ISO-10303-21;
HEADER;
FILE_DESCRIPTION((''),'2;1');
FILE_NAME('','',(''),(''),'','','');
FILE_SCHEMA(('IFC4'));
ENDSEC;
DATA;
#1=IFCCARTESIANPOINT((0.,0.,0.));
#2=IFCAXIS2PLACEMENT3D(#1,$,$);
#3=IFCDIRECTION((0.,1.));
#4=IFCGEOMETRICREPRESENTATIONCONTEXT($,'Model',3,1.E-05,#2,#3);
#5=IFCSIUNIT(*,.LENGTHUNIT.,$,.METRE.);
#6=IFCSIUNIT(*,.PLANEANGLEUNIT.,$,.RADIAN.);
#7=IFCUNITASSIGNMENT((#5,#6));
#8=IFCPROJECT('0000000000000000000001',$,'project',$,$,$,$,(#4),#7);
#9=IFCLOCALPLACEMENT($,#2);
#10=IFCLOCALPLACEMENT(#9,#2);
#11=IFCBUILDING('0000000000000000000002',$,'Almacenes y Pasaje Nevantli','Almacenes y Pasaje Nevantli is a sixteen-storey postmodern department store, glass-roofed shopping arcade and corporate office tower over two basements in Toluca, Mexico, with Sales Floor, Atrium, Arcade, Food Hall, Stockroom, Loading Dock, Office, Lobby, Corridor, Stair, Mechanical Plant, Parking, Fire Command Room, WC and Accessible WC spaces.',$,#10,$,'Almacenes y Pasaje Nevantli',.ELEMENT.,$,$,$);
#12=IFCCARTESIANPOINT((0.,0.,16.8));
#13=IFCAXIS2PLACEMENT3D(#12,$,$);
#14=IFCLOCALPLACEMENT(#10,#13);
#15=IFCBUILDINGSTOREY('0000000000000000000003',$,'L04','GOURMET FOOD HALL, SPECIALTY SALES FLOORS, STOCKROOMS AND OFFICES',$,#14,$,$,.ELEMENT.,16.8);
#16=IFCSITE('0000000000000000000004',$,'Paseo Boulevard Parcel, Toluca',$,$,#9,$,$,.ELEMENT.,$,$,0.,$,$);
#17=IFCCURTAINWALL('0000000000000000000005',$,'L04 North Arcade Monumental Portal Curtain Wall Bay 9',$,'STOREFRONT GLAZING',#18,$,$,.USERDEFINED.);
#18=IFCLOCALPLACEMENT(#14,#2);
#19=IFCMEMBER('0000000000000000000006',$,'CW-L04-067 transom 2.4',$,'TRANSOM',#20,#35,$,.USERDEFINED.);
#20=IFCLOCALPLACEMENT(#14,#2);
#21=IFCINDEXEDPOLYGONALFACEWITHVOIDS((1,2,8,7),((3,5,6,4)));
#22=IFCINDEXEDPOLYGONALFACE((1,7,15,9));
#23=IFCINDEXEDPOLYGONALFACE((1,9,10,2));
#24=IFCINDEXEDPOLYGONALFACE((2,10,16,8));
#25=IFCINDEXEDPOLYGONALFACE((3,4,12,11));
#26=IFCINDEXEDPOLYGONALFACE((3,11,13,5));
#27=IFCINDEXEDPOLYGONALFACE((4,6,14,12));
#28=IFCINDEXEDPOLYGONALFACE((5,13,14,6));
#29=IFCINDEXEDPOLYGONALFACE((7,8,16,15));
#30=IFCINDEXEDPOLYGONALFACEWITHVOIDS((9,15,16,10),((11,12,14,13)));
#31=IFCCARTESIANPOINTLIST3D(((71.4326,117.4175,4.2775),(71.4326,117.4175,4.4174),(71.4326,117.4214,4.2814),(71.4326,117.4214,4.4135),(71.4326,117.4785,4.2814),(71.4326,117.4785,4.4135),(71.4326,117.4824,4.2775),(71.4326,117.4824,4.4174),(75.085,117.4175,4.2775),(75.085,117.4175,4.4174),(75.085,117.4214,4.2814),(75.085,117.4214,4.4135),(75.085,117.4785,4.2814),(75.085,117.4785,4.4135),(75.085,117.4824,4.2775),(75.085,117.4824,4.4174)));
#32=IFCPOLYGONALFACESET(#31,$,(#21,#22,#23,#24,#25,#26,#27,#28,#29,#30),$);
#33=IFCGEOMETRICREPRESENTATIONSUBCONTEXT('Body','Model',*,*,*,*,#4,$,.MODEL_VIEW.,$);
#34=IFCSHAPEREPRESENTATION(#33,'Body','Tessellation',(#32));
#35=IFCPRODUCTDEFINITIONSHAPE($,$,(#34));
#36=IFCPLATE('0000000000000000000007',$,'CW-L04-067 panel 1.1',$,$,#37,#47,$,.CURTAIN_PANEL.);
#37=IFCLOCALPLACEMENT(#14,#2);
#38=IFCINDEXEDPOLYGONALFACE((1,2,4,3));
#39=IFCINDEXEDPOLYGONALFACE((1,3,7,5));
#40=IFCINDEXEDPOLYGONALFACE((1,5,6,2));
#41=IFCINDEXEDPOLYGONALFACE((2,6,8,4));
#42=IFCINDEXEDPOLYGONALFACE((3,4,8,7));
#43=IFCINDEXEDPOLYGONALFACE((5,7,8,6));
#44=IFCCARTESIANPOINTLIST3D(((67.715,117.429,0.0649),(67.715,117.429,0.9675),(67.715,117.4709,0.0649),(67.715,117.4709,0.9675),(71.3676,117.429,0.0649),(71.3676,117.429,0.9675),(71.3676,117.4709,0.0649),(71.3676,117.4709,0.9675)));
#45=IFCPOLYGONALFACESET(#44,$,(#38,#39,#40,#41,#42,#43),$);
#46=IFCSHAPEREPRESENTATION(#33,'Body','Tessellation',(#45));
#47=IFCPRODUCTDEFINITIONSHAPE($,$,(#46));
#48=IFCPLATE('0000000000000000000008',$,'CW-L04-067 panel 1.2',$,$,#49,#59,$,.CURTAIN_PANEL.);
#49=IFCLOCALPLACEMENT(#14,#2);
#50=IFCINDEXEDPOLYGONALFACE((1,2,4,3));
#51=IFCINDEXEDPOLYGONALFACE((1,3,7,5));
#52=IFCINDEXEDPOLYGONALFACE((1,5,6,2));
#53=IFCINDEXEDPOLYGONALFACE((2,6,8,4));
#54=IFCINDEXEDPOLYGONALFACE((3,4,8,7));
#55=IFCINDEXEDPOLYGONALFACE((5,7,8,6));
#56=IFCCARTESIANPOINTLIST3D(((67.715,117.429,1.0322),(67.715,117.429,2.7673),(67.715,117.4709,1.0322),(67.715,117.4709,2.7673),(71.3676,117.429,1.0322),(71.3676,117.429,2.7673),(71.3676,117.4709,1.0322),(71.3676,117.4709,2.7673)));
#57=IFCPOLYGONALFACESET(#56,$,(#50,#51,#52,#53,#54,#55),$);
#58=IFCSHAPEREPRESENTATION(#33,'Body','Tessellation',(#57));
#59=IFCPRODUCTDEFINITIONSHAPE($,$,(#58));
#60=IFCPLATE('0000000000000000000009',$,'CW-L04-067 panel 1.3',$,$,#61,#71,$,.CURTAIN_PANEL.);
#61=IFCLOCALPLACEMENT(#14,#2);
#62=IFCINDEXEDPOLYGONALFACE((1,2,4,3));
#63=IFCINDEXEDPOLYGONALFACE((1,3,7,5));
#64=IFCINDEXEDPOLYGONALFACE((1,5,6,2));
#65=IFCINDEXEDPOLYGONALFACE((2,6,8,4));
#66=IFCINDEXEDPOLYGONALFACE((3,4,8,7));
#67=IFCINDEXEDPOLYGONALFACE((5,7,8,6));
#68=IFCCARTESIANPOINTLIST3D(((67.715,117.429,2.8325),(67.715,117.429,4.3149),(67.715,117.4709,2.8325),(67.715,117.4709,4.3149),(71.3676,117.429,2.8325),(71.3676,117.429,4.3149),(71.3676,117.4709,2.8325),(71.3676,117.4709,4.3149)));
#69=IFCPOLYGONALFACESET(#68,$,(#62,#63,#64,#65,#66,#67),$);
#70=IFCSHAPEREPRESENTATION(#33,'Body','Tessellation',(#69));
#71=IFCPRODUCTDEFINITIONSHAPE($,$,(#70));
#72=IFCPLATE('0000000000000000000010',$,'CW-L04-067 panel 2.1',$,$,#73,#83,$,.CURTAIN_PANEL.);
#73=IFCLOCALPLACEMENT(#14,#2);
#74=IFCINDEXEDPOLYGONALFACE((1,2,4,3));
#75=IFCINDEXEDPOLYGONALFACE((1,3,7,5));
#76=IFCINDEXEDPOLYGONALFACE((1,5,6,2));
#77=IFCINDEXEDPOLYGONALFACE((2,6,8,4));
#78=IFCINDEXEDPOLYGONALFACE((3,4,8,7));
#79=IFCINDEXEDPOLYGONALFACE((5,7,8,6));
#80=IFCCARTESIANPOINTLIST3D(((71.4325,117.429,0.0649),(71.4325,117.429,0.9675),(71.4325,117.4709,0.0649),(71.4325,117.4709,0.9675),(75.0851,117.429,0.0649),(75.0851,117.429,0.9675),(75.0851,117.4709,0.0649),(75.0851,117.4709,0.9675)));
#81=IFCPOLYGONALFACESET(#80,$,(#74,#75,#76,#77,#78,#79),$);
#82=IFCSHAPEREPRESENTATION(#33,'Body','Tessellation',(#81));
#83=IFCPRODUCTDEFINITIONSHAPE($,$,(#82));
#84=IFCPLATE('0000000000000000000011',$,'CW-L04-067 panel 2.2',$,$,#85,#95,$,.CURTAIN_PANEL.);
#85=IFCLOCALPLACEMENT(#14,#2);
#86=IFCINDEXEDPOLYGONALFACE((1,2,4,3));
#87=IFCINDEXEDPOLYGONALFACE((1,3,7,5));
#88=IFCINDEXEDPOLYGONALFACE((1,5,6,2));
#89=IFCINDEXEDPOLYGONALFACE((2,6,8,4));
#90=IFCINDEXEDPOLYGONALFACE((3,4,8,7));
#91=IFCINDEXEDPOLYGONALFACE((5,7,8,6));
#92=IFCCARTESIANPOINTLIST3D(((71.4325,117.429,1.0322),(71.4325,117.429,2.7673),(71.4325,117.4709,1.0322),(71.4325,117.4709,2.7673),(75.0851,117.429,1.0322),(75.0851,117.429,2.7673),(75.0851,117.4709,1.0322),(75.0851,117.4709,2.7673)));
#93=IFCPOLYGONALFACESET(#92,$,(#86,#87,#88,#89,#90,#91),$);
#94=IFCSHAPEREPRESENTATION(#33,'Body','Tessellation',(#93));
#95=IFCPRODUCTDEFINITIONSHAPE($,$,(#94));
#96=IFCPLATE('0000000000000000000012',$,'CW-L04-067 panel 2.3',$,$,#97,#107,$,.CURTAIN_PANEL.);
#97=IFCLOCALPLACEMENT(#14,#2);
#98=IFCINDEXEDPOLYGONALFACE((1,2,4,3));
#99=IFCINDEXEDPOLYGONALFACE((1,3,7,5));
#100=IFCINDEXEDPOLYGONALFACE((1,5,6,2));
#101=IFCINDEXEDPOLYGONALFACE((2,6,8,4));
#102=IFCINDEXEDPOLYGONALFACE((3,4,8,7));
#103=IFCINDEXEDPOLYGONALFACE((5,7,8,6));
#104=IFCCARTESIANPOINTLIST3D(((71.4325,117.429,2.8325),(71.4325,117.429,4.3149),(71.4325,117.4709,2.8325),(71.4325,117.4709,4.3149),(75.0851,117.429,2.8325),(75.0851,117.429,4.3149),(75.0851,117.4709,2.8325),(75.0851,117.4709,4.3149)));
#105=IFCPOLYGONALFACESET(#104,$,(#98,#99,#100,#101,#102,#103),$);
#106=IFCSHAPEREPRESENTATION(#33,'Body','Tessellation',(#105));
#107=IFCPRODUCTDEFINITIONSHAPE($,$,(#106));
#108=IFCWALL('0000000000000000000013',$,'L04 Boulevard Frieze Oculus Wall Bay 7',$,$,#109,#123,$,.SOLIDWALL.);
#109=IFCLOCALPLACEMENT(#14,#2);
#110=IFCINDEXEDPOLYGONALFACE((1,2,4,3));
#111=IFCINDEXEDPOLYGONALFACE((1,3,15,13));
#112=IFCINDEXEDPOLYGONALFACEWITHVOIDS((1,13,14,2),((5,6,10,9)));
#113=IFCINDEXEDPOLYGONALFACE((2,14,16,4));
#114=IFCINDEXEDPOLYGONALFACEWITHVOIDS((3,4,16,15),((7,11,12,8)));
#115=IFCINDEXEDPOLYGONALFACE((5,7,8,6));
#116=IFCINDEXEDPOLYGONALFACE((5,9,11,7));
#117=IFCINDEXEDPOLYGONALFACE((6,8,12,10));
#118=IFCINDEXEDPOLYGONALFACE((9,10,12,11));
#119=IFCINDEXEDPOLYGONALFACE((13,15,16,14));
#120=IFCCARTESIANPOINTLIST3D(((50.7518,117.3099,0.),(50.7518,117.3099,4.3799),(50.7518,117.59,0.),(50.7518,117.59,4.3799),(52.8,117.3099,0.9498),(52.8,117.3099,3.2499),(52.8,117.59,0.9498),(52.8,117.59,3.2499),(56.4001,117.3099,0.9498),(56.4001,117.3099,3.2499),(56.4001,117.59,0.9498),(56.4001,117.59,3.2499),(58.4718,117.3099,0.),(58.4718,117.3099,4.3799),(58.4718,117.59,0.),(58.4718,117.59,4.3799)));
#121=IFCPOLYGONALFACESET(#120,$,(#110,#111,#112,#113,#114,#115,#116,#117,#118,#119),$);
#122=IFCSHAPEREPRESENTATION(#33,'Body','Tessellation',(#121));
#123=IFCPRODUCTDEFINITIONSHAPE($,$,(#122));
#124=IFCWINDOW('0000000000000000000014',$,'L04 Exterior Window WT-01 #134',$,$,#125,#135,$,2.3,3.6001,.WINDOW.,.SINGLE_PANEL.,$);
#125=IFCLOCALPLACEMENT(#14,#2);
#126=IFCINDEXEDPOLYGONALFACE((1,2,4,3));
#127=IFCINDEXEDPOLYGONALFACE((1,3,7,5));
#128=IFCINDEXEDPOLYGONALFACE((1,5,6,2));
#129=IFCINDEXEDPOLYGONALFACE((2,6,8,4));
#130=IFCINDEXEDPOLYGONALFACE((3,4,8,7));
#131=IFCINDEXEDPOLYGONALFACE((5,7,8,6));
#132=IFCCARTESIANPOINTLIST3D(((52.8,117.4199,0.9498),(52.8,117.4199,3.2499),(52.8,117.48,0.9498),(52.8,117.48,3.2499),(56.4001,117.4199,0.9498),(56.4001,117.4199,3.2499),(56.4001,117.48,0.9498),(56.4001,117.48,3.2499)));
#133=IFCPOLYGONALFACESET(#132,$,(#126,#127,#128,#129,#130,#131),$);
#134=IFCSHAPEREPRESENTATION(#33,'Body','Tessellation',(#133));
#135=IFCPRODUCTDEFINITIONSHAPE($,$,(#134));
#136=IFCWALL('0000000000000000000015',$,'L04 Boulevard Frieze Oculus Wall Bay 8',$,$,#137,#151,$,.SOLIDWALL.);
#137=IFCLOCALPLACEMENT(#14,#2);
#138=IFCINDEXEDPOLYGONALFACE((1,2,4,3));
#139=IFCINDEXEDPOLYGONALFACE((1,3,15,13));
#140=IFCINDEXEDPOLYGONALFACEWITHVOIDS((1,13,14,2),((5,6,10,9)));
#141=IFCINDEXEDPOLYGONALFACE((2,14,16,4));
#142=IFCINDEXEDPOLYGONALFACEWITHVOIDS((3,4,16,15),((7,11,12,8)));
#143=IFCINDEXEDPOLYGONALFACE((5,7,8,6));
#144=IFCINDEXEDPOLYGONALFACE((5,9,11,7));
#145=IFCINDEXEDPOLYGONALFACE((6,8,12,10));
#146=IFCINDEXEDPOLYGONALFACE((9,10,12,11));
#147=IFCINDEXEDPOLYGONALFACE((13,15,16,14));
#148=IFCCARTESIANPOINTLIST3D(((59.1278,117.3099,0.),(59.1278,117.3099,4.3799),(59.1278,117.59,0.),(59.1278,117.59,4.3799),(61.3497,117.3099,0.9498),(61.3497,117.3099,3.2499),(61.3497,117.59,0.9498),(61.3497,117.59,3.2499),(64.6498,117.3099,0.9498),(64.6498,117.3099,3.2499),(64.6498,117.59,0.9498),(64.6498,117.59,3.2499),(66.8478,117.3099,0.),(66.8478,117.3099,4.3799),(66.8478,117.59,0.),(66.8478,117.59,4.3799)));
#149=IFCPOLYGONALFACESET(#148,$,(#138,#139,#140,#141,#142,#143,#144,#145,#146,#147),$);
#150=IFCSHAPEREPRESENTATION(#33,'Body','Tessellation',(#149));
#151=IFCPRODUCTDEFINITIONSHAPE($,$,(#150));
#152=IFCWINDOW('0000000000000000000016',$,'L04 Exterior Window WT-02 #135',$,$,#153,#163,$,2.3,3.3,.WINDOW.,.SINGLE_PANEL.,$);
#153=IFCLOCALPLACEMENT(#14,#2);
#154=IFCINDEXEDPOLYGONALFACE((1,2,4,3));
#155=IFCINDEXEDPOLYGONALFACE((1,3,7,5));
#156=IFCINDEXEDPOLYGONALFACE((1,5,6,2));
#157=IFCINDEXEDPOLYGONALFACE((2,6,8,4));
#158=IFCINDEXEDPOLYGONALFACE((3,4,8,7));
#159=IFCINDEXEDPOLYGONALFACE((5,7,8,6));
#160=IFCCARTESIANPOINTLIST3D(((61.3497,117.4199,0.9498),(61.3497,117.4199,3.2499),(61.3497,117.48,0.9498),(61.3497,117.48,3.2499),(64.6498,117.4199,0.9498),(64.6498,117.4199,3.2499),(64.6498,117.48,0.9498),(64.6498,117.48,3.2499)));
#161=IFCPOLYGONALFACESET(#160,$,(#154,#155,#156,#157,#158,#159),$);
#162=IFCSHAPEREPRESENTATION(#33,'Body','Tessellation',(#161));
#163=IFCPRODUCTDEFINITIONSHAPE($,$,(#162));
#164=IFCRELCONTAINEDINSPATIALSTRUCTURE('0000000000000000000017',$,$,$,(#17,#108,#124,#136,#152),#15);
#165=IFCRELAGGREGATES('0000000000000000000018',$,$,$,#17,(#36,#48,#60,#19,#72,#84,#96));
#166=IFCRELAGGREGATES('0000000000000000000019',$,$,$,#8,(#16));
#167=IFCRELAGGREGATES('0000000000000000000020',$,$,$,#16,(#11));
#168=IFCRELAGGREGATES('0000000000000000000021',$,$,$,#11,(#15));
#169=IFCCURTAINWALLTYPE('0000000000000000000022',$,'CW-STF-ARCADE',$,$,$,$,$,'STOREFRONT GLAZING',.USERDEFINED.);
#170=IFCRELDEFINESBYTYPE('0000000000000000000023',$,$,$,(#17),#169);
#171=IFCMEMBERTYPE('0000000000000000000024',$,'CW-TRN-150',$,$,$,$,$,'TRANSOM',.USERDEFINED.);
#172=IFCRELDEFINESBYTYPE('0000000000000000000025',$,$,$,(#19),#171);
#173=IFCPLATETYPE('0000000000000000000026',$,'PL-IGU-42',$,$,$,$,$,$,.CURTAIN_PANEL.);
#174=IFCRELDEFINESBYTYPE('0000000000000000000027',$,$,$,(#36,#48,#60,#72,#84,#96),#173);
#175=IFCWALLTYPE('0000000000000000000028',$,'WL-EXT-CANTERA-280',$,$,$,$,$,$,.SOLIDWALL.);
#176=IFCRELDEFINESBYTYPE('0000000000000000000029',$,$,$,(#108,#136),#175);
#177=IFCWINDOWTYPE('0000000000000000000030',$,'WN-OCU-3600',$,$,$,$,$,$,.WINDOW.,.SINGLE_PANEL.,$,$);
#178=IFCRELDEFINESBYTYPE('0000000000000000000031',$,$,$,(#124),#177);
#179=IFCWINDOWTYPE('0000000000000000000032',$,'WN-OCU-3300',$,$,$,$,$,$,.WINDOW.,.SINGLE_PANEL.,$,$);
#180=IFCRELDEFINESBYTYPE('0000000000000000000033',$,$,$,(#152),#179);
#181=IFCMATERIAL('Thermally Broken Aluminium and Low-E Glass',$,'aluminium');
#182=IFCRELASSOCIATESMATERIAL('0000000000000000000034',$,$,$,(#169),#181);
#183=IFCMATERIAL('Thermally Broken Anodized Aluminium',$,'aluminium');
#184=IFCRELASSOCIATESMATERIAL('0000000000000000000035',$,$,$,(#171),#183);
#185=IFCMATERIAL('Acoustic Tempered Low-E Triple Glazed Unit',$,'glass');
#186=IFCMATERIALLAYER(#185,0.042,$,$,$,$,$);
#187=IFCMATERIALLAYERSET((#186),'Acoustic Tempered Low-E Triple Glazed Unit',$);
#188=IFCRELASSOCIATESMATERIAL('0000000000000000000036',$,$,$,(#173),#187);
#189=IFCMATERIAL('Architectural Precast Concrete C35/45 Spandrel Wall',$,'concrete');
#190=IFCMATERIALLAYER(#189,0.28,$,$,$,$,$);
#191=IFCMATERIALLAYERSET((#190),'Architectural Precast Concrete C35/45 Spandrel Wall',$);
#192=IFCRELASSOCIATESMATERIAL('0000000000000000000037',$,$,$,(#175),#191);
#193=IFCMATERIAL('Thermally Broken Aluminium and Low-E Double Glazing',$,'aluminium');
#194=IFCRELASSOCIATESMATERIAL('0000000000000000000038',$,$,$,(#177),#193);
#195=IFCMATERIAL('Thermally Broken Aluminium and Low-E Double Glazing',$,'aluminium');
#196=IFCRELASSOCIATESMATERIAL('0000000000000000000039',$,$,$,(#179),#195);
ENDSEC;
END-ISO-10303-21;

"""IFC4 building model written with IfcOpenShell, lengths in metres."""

from ifc_helpers import new_model, si_unit, direction, frame, frame_2d, origin, origin_2d, place, context, subcontext, project, spatial, rectangle, hollow_rectangle, extrude, material, layer, layer_set, material_profile, profile_set, type_object, element, fill, aggregate, save


model = new_model("IFC4")

# Units and contexts
model_context = context("Model", 3, precision=1e-05, world=origin(), true_north=direction((0.0, 1.0)))
body_context = subcontext(model_context, "Body", "Model", "MODEL_VIEW")
ifc_project = project(units=[si_unit("LENGTHUNIT", "METRE"), si_unit("PLANEANGLEUNIT", "RADIAN")], contexts=[model_context])

# Site, building, storey
site_placement = place(None, origin())
site = spatial("IfcSite", under=ifc_project, at=site_placement, Name="Paseo Boulevard Parcel, Toluca", CompositionType="ELEMENT", RefElevation=0.0)
building_placement = place(site_placement, origin())
building = spatial("IfcBuilding", under=site, at=building_placement, Name="Almacenes y Pasaje Nevantli", Description="Almacenes y Pasaje Nevantli is a sixteen-storey postmodern department store, glass-roofed shopping arcade and corporate office tower over two basements in Toluca, Mexico, with Sales Floor, Atrium, Arcade, Food Hall, Stockroom, Loading Dock, Office, Lobby, Corridor, Stair, Mechanical Plant, Parking, Fire Command Room, WC and Accessible WC spaces.", LongName="Almacenes y Pasaje Nevantli", CompositionType="ELEMENT")
storey_placement = place(building_placement, frame((0.0, 0.0, 16.8)))
storey = spatial("IfcBuildingStorey", under=building, at=storey_placement, Name="L04", Description="GOURMET FOOD HALL, SPECIALTY SALES FLOORS, STOCKROOMS AND OFFICES", CompositionType="ELEMENT", Elevation=16.8)

# Curtain wall
ifc_material_1 = material(Name="Thermally Broken Aluminium and Low-E Glass", Category="aluminium")
curtain_wall_type = type_object("IfcCurtainWallType", Name="CW-STF-ARCADE", ElementType="STOREFRONT GLAZING", PredefinedType="USERDEFINED", material=ifc_material_1)
curtain_wall_1_placement = place(storey_placement, origin())
curtain_wall_1 = element("IfcCurtainWall", 1, at=curtain_wall_1_placement, inside=storey, type_object=curtain_wall_type, Name="L04 North Arcade Monumental Portal Curtain Wall Bay 9", ObjectType="STOREFRONT GLAZING", PredefinedType="USERDEFINED")

# Member
ifc_material_2 = material(Name="Thermally Broken Anodized Aluminium", Category="aluminium")
ifc_material_profile_1 = material_profile(ifc_material_2, hollow_rectangle(XDim=0.0649, YDim=0.1399, WallThickness=0.0039, at=origin_2d()), Name="ALU-TRN-65x140")
ifc_profile_set_1 = profile_set([ifc_material_profile_1], Name="Thermally Broken Anodized Aluminium")
member_type_1 = type_object("IfcMemberType", Name="CW-TRN-150", ElementType="TRANSOM", PredefinedType="USERDEFINED", material=ifc_profile_set_1)
member_1_placement = place(storey_placement, frame((71.4326, 117.45, 4.3474), z_axis=(1.0, 0.0, 0.0), x_axis=(0.0, 1.0, 0.0)))
member_1 = element("IfcMember", 2, at=member_1_placement, type_object=member_type_1, Name="CW-L04-067 transom 2.4", ObjectType="TRANSOM", PredefinedType="USERDEFINED", context=body_context, shape_type="SweptSolid", body=[
    extrude(hollow_rectangle(XDim=0.0649, YDim=0.1399, WallThickness=0.0039, at=origin_2d()), origin(), (0.0, 0.0, 1.0), 3.6523),
])

# Plates
ifc_material_3 = material(Name="Acoustic Tempered Low-E Triple Glazed Unit", Category="glass")
ifc_layer_1 = layer(ifc_material_3, 0.042)
ifc_layer_set_1 = layer_set([ifc_layer_1], Name="Acoustic Tempered Low-E Triple Glazed Unit")
plate_type = type_object("IfcPlateType", Name="PL-IGU-42", PredefinedType="CURTAIN_PANEL", material=ifc_layer_set_1)
plate_1_placement = place(storey_placement, frame((69.5413, 117.45, 0.0649), z_axis=(0.0, 0.0, 1.0), x_axis=(1.0, 0.0, 0.0)))
plate_1 = element("IfcPlate", 3, at=plate_1_placement, type_object=plate_type, Name="CW-L04-067 panel 1.1", PredefinedType="CURTAIN_PANEL", context=body_context, shape_type="SweptSolid", body=[
    extrude(rectangle(XDim=3.6526, YDim=0.042, at=origin_2d()), origin(), (0.0, 0.0, 1.0), 0.9026),
])
plate_2_placement = place(storey_placement, frame((69.5413, 117.45, 1.0322), z_axis=(0.0, 0.0, 1.0), x_axis=(1.0, 0.0, 0.0)))
plate_2 = element("IfcPlate", 4, at=plate_2_placement, type_object=plate_type, Name="CW-L04-067 panel 1.2", PredefinedType="CURTAIN_PANEL", context=body_context, shape_type="SweptSolid", body=[
    extrude(rectangle(XDim=3.6526, YDim=0.042, at=origin_2d()), origin(), (0.0, 0.0, 1.0), 1.7351),
])
plate_3_placement = place(storey_placement, frame((69.5413, 117.45, 2.8325), z_axis=(0.0, 0.0, 1.0), x_axis=(1.0, 0.0, 0.0)))
plate_3 = element("IfcPlate", 5, at=plate_3_placement, type_object=plate_type, Name="CW-L04-067 panel 1.3", PredefinedType="CURTAIN_PANEL", context=body_context, shape_type="SweptSolid", body=[
    extrude(rectangle(XDim=3.6526, YDim=0.042, at=origin_2d()), origin(), (0.0, 0.0, 1.0), 1.4824),
])
plate_4_placement = place(storey_placement, frame((73.2588, 117.45, 0.0649), z_axis=(0.0, 0.0, 1.0), x_axis=(1.0, 0.0, 0.0)))
plate_4 = element("IfcPlate", 6, at=plate_4_placement, type_object=plate_type, Name="CW-L04-067 panel 2.1", PredefinedType="CURTAIN_PANEL", context=body_context, shape_type="SweptSolid", body=[
    extrude(rectangle(XDim=3.6526, YDim=0.042, at=origin_2d()), origin(), (0.0, 0.0, 1.0), 0.9026),
])
plate_5_placement = place(storey_placement, frame((73.2588, 117.45, 1.0322), z_axis=(0.0, 0.0, 1.0), x_axis=(1.0, 0.0, 0.0)))
plate_5 = element("IfcPlate", 7, at=plate_5_placement, type_object=plate_type, Name="CW-L04-067 panel 2.2", PredefinedType="CURTAIN_PANEL", context=body_context, shape_type="SweptSolid", body=[
    extrude(rectangle(XDim=3.6526, YDim=0.042, at=origin_2d()), origin(), (0.0, 0.0, 1.0), 1.7351),
])
plate_6_placement = place(storey_placement, frame((73.2588, 117.45, 2.8325), z_axis=(0.0, 0.0, 1.0), x_axis=(1.0, 0.0, 0.0)))
plate_6 = element("IfcPlate", 8, at=plate_6_placement, type_object=plate_type, Name="CW-L04-067 panel 2.3", PredefinedType="CURTAIN_PANEL", context=body_context, shape_type="SweptSolid", body=[
    extrude(rectangle(XDim=3.6526, YDim=0.042, at=origin_2d()), origin(), (0.0, 0.0, 1.0), 1.4824),
])
aggregate(curtain_wall_1, [plate_1, plate_2, plate_3, member_1, plate_4, plate_5, plate_6])

# Walls, openings, windows
ifc_material_4 = material(Name="Architectural Precast Concrete C35/45 Spandrel Wall", Category="concrete")
ifc_layer_2 = layer(ifc_material_4, 0.28)
ifc_layer_set_2 = layer_set([ifc_layer_2], Name="Architectural Precast Concrete C35/45 Spandrel Wall")
wall_type = type_object("IfcWallType", Name="WL-EXT-CANTERA-280", PredefinedType="SOLIDWALL", material=ifc_layer_set_2)
wall_1_placement = place(storey_placement, frame((50.752, 117.45, 0.0), z_axis=(0.0, 0.0, 1.0), x_axis=(1.0, 0.0, 0.0)))
wall_1 = element("IfcWall", 9, at=wall_1_placement, inside=storey, type_object=wall_type, Name="L04 Boulevard Frieze Oculus Wall Bay 7", PredefinedType="SOLIDWALL", context=body_context, shape_type="SweptSolid", body=[
    extrude(rectangle(XDim=7.72, YDim=0.28, at=frame_2d((3.8599, 0.0))), origin(), (0.0, 0.0, 1.0), 4.3799),
])
opening_1_placement = place(wall_1_placement, frame((2.0481, 0.0, 0.95)))
opening_1 = element("IfcOpeningElement", 10, at=opening_1_placement, cuts=wall_1, PredefinedType="OPENING", context=body_context, shape_type="SweptSolid", body=[
    extrude(rectangle(XDim=3.6001, YDim=2.3, at=frame_2d((1.8, 1.1499))), frame((0.0, 0.1499, 0.0), z_axis=(0.0, -1.0, 0.0), x_axis=(1.0, 0.0, 0.0)), (0.0, 0.0, 1.0), 0.3),
])
ifc_material_5 = material(Name="Thermally Broken Aluminium and Low-E Double Glazing", Category="aluminium")
window_type_1 = type_object("IfcWindowType", Name="WN-OCU-3600", PartitioningType="SINGLE_PANEL", PredefinedType="WINDOW", material=ifc_material_5)
window_1_placement = place(opening_1_placement, origin())
window_1 = element("IfcWindow", 11, at=window_1_placement, inside=storey, type_object=window_type_1, Name="L04 Exterior Window WT-01 #134", OverallHeight=2.3, OverallWidth=3.6001, PartitioningType="SINGLE_PANEL", PredefinedType="WINDOW", context=body_context, shape_type="SweptSolid", body=[
    extrude(rectangle(XDim=3.6001, YDim=2.3, at=frame_2d((1.8, 1.1499))), frame((0.0, 0.03, 0.0), z_axis=(0.0, -1.0, 0.0), x_axis=(1.0, 0.0, 0.0)), (0.0, 0.0, 1.0), 0.0601),
])
fill(opening_1, window_1)
wall_2_placement = place(storey_placement, frame((59.1279, 117.45, 0.0), z_axis=(0.0, 0.0, 1.0), x_axis=(1.0, 0.0, 0.0)))
wall_2 = element("IfcWall", 12, at=wall_2_placement, inside=storey, type_object=wall_type, Name="L04 Boulevard Frieze Oculus Wall Bay 8", PredefinedType="SOLIDWALL", context=body_context, shape_type="SweptSolid", body=[
    extrude(rectangle(XDim=7.72, YDim=0.28, at=frame_2d((3.8599, 0.0))), origin(), (0.0, 0.0, 1.0), 4.3799),
])
opening_2_placement = place(wall_2_placement, frame((2.2219, 0.0, 0.95)))
opening_2 = element("IfcOpeningElement", 13, at=opening_2_placement, cuts=wall_2, PredefinedType="OPENING", context=body_context, shape_type="SweptSolid", body=[
    extrude(rectangle(XDim=3.3, YDim=2.3, at=frame_2d((1.6499, 1.1499))), frame((0.0, 0.1499, 0.0), z_axis=(0.0, -1.0, 0.0), x_axis=(1.0, 0.0, 0.0)), (0.0, 0.0, 1.0), 0.3),
])
ifc_material_6 = material(Name="Thermally Broken Aluminium and Low-E Double Glazing", Category="aluminium")
window_type_2 = type_object("IfcWindowType", Name="WN-OCU-3300", PartitioningType="SINGLE_PANEL", PredefinedType="WINDOW", material=ifc_material_6)
window_2_placement = place(opening_2_placement, origin())
window_2 = element("IfcWindow", 14, at=window_2_placement, inside=storey, type_object=window_type_2, Name="L04 Exterior Window WT-02 #135", OverallHeight=2.3, OverallWidth=3.3, PartitioningType="SINGLE_PANEL", PredefinedType="WINDOW", context=body_context, shape_type="SweptSolid", body=[
    extrude(rectangle(XDim=3.3, YDim=2.3, at=frame_2d((1.6499, 1.1499))), frame((0.0, 0.03, 0.0), z_axis=(0.0, -1.0, 0.0), x_axis=(1.0, 0.0, 0.0)), (0.0, 0.0, 1.0), 0.0601),
])
fill(opening_2, window_2)

save(model, "model.ifc")
